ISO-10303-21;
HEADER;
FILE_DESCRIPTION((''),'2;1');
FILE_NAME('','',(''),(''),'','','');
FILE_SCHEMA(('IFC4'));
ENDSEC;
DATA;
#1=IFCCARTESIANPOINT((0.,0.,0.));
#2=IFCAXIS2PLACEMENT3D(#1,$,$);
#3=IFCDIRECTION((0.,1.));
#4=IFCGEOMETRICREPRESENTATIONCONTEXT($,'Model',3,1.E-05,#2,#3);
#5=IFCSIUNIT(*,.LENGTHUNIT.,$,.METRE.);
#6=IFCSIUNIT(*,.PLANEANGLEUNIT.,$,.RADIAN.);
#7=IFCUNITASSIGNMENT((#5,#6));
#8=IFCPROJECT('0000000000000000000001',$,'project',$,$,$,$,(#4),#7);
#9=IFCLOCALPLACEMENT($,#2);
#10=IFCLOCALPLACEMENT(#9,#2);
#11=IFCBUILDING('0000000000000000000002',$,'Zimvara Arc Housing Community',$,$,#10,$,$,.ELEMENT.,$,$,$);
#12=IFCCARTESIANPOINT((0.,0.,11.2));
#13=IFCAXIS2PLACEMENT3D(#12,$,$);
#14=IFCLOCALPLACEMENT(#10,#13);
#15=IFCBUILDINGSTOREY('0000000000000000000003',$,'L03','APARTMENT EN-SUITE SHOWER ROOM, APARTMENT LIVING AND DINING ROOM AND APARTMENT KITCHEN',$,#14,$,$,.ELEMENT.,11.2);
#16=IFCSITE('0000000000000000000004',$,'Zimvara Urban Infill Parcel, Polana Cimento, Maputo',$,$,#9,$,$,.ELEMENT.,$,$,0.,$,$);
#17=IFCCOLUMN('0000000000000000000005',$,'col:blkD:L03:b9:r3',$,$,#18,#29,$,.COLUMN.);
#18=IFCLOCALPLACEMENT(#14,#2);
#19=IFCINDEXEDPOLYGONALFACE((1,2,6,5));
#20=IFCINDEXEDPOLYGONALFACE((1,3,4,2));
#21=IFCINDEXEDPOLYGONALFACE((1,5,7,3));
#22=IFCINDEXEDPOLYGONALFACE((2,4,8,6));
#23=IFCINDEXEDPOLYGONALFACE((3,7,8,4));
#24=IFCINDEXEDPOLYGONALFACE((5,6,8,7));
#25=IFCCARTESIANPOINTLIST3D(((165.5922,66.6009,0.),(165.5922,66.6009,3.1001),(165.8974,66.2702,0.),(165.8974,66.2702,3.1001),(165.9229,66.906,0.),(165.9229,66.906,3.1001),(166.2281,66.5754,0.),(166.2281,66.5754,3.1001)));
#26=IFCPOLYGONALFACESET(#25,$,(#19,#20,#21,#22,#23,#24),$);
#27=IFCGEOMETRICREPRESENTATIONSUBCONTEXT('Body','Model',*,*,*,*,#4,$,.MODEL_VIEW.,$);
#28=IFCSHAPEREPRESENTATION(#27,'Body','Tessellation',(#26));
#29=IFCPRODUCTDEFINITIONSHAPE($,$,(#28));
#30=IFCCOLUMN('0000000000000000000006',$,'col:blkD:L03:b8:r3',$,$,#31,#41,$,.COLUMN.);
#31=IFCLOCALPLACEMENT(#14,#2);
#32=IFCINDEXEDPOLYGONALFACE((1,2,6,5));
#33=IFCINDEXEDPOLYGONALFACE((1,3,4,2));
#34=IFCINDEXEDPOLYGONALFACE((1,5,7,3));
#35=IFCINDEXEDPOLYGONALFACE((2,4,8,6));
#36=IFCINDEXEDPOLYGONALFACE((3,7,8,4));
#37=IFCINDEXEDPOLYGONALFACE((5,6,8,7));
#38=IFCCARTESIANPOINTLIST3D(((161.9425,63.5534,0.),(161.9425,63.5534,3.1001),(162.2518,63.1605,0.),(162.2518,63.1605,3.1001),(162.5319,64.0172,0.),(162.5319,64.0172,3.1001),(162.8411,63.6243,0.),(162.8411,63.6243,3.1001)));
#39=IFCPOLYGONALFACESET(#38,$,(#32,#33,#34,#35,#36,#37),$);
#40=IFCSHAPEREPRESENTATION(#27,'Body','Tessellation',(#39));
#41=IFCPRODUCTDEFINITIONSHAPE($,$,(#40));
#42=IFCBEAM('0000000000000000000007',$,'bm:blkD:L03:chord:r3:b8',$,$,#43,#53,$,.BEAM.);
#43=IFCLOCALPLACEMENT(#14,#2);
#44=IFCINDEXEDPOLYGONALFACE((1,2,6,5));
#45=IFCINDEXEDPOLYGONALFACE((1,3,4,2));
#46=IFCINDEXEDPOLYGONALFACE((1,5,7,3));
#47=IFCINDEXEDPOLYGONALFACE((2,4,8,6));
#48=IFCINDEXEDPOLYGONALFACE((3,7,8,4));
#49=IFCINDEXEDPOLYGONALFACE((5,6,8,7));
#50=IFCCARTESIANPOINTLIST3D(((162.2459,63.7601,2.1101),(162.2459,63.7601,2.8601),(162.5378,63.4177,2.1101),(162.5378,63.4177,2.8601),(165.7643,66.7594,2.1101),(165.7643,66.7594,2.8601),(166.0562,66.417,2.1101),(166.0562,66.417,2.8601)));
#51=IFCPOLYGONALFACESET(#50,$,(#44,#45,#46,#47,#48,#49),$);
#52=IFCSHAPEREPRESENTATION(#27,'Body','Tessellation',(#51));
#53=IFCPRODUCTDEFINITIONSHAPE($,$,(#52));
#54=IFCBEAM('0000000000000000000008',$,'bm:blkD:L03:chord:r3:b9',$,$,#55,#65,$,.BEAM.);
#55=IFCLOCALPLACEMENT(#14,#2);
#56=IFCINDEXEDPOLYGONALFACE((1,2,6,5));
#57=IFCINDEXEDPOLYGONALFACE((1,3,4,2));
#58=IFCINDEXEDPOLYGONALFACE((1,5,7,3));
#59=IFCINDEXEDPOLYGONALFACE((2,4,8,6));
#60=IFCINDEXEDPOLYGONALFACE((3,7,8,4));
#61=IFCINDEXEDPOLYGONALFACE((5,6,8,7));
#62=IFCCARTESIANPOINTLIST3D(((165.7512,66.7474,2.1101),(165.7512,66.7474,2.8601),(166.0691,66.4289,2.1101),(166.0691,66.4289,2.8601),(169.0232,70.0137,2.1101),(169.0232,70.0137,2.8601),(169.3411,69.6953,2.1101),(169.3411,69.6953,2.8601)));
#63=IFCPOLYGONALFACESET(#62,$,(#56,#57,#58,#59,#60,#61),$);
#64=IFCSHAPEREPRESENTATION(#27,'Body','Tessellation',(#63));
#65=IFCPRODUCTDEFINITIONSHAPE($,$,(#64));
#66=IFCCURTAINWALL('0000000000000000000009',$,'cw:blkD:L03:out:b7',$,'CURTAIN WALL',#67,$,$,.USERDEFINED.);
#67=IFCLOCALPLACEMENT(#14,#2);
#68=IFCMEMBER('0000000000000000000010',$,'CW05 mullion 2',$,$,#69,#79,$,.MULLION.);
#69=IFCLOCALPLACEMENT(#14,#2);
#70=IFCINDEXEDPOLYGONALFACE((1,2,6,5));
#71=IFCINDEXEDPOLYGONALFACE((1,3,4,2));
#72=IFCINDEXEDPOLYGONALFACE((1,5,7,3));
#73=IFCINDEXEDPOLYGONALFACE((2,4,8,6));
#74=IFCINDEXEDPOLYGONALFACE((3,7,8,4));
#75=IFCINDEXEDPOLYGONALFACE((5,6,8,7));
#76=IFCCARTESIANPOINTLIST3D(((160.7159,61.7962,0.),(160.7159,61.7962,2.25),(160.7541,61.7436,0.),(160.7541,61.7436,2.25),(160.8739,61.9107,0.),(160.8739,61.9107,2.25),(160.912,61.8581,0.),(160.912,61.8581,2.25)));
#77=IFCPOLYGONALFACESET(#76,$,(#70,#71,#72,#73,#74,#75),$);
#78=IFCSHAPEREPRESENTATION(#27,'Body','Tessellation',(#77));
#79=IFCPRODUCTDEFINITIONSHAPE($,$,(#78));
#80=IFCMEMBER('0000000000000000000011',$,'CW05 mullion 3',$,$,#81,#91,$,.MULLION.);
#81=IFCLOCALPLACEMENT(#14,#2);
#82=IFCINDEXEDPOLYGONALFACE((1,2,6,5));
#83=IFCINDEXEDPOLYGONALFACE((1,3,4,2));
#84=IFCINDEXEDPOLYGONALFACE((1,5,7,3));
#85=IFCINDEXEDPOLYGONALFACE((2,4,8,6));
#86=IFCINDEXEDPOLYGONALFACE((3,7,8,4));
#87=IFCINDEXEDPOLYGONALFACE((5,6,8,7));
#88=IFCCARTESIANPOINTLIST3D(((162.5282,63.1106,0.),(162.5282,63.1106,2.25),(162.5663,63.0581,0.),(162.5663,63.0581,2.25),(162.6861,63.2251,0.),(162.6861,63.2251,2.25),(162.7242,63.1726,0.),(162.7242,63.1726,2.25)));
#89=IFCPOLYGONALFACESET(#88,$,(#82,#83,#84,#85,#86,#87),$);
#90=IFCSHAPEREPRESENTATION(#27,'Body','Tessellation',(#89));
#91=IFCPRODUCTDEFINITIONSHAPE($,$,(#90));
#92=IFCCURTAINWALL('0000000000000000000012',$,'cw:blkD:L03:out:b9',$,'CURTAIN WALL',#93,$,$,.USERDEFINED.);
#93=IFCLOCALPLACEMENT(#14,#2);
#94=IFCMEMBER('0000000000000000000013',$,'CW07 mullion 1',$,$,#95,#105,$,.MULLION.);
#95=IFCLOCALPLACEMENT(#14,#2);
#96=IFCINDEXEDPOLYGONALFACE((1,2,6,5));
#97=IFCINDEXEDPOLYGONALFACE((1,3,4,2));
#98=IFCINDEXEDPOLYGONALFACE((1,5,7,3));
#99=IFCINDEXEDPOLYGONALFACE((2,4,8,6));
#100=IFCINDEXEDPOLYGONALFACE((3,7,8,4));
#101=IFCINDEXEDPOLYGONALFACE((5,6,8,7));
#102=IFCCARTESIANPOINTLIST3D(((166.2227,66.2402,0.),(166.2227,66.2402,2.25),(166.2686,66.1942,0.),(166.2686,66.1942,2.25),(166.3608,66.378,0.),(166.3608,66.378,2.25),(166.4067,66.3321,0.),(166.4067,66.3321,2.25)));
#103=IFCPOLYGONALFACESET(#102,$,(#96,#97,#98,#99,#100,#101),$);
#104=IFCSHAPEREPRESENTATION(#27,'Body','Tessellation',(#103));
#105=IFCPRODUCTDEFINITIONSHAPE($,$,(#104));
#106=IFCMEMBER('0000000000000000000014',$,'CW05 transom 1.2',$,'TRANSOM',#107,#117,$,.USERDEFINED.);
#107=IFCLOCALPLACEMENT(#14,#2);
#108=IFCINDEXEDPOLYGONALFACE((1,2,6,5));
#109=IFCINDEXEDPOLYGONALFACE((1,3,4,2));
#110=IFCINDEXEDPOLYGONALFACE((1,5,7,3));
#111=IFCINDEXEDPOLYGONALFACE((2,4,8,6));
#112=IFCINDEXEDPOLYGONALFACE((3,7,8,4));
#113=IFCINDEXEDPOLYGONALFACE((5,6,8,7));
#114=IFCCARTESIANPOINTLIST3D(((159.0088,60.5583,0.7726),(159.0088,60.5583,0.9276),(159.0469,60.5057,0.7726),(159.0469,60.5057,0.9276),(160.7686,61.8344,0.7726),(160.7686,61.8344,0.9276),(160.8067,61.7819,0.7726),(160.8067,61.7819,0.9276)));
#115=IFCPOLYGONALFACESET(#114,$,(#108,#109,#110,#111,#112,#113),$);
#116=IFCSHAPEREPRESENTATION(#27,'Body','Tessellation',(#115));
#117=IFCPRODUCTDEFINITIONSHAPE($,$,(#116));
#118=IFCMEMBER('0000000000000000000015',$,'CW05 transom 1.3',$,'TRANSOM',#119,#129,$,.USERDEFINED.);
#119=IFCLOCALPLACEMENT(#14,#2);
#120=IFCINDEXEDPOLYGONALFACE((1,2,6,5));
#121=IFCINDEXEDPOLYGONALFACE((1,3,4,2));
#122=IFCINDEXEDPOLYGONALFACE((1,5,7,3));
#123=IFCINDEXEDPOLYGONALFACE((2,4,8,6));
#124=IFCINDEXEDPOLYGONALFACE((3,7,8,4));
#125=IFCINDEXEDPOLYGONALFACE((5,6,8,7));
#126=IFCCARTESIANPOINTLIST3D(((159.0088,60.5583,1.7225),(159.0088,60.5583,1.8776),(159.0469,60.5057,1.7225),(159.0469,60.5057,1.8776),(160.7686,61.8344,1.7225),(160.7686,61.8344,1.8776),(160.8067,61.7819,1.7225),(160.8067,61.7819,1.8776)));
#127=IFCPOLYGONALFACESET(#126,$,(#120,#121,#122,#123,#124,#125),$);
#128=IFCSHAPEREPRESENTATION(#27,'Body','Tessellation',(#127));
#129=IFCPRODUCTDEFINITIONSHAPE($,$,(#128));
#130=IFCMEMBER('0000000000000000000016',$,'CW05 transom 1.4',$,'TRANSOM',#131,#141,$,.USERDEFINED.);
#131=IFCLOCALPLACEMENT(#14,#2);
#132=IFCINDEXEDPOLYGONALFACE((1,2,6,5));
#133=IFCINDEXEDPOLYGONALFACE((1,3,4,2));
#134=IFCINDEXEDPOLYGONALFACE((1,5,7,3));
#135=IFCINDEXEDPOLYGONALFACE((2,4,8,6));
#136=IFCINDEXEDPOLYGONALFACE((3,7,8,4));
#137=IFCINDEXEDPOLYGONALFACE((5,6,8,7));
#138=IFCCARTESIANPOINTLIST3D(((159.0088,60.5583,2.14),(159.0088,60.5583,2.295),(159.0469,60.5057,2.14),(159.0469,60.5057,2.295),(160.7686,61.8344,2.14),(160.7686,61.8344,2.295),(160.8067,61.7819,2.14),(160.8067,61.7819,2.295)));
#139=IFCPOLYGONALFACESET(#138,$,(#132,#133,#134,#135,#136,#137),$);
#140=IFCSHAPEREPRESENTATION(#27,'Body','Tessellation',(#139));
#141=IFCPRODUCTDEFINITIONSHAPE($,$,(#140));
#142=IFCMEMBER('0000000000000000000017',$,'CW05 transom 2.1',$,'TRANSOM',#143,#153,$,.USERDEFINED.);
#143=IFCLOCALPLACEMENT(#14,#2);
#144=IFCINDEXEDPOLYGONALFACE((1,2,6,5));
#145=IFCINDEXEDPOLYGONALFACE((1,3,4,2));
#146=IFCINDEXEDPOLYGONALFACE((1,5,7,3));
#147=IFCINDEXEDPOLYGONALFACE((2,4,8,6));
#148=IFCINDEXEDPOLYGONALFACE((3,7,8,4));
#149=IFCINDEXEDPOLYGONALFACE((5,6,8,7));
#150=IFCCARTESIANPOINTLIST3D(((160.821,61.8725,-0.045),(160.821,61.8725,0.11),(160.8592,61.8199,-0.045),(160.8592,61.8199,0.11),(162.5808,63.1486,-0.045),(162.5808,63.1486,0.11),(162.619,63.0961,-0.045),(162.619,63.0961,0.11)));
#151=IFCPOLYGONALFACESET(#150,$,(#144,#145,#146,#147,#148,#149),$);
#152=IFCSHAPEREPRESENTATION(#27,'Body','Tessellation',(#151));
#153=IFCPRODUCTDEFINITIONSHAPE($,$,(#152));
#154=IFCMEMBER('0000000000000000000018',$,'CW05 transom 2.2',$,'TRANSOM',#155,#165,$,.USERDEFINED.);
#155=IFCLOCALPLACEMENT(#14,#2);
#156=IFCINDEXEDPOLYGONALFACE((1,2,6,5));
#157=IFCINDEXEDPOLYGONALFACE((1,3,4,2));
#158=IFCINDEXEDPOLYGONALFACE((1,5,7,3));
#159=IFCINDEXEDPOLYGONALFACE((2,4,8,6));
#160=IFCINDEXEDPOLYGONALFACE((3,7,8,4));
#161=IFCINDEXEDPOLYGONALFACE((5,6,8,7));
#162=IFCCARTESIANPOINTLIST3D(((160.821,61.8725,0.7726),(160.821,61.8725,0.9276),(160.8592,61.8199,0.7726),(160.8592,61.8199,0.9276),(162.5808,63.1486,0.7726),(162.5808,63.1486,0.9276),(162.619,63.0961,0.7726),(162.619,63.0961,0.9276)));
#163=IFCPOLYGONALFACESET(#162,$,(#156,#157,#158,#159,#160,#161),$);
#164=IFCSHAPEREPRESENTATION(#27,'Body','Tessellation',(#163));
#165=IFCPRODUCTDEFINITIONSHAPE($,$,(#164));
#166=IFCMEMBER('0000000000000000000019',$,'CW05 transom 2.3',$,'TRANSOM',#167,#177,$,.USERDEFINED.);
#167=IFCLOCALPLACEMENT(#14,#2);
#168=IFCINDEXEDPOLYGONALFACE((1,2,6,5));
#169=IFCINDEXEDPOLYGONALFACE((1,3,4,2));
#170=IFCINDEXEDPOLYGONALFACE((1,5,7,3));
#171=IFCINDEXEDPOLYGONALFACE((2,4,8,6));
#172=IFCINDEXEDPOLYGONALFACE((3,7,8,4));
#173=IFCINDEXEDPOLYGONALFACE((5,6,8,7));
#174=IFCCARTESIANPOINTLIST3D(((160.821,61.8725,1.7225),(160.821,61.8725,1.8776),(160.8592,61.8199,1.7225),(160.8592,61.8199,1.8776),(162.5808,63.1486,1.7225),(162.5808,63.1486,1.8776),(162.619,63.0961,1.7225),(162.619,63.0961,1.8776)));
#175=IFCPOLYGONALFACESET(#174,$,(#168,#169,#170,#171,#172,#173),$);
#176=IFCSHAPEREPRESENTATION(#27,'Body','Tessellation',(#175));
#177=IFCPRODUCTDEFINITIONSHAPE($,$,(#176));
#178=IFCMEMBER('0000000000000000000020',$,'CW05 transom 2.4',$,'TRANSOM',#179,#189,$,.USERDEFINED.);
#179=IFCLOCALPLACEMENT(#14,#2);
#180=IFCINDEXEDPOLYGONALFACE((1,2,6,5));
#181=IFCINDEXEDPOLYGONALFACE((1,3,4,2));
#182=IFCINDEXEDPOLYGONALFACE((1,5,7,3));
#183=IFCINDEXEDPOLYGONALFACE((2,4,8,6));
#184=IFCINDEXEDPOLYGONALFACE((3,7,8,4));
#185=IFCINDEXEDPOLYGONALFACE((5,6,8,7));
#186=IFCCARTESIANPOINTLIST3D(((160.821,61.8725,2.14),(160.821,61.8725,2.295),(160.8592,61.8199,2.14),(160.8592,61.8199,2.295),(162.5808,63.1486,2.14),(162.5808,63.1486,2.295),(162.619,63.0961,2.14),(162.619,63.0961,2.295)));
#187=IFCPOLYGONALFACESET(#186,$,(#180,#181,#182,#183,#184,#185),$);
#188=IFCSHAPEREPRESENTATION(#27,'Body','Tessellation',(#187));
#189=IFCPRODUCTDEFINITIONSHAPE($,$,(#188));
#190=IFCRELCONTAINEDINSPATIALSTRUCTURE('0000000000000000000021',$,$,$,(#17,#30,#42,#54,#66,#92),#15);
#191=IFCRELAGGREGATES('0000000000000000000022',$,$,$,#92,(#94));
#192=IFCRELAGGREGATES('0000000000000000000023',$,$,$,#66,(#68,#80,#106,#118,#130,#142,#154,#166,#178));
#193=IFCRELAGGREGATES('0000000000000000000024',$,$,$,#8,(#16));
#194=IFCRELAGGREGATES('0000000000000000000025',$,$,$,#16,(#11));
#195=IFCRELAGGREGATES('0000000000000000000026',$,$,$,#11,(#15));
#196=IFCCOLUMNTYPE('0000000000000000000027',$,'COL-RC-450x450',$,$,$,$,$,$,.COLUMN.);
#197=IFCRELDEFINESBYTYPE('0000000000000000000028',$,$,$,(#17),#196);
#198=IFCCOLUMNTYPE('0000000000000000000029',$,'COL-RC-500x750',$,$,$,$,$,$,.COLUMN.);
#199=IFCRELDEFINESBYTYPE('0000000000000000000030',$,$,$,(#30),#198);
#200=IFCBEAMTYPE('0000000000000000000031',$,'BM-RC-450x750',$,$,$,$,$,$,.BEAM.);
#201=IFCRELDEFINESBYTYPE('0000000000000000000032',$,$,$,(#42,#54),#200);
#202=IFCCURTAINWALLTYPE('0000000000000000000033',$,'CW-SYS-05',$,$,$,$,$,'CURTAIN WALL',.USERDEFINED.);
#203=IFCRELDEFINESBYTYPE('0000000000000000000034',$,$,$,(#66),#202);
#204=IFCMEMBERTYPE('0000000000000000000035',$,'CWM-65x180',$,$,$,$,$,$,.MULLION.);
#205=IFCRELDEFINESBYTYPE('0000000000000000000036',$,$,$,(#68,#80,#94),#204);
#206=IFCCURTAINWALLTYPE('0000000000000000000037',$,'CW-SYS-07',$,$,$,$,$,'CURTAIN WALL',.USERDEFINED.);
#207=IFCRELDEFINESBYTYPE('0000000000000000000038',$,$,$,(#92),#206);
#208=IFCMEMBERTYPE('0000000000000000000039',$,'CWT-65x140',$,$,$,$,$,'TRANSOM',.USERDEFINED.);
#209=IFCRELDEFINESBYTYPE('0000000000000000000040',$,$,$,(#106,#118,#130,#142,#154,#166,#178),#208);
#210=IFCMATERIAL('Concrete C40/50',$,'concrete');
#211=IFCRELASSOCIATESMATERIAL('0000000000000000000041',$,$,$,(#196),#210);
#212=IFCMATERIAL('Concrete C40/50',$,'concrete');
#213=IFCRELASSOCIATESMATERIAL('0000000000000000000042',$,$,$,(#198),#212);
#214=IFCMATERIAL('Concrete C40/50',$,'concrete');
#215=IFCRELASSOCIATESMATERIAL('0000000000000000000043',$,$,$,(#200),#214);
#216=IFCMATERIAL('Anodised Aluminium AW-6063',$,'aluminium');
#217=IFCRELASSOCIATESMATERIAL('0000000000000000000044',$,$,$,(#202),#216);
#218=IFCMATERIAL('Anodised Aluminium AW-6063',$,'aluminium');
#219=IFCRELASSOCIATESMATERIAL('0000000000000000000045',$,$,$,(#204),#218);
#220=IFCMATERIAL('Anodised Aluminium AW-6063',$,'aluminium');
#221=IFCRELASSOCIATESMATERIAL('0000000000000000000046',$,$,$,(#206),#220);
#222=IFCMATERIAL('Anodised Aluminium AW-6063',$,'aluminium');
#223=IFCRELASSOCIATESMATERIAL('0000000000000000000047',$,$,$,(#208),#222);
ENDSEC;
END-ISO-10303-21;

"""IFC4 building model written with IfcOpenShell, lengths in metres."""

from ifc_helpers import new_model, si_unit, direction, frame, origin, origin_2d, place, context, subcontext, project, spatial, rectangle, extrude, material, material_profile, profile_set, type_object, element, aggregate, save


model = new_model("IFC4")

# Units and contexts
model_context = context("Model", 3, precision=1e-05, world=origin(), true_north=direction((0.0, 1.0)))
body_context = subcontext(model_context, "Body", "Model", "MODEL_VIEW")
ifc_project = project(units=[si_unit("LENGTHUNIT", "METRE"), si_unit("PLANEANGLEUNIT", "RADIAN")], contexts=[model_context])

# Site, building, storey
site_placement = place(None, origin())
site = spatial("IfcSite", under=ifc_project, at=site_placement, Name="Zimvara Urban Infill Parcel, Polana Cimento, Maputo", CompositionType="ELEMENT", RefElevation=0.0)
building_placement = place(site_placement, origin())
building = spatial("IfcBuilding", under=site, at=building_placement, Name="Zimvara Arc Housing Community", CompositionType="ELEMENT")
storey_placement = place(building_placement, frame((0.0, 0.0, 11.2)))
storey = spatial("IfcBuildingStorey", under=building, at=storey_placement, Name="L03", Description="APARTMENT EN-SUITE SHOWER ROOM, APARTMENT LIVING AND DINING ROOM AND APARTMENT KITCHEN", CompositionType="ELEMENT", Elevation=11.2)

# Columns
ifc_material_1 = material(Name="Concrete C40/50", Category="concrete")
ifc_material_profile_1 = material_profile(ifc_material_1, rectangle(XDim=0.45, YDim=0.45, at=origin_2d()), Name="RC 450x450")
ifc_profile_set_1 = profile_set([ifc_material_profile_1], Name="Concrete C40/50")
column_type_1 = type_object("IfcColumnType", Name="COL-RC-450x450", PredefinedType="COLUMN", material=ifc_profile_set_1)
column_1_placement = place(storey_placement, frame((165.9102, 66.5881, 0.0), z_axis=(0.0, 0.0, 1.0), x_axis=(0.67816, -0.734915, 0.0)))
element("IfcColumn", 1, at=column_1_placement, inside=storey, type_object=column_type_1, Name="col:blkD:L03:b9:r3", PredefinedType="COLUMN", context=body_context, shape_type="SweptSolid", body=[
    extrude(rectangle(XDim=0.45, YDim=0.45, at=origin_2d()), origin(), (0.0, 0.0, 1.0), 3.1001),
])
ifc_material_2 = material(Name="Concrete C40/50", Category="concrete")
ifc_material_profile_2 = material_profile(ifc_material_2, rectangle(XDim=0.5, YDim=0.75, at=origin_2d()), Name="RC 500x750")
ifc_profile_set_2 = profile_set([ifc_material_profile_2], Name="Concrete C40/50")
column_type_2 = type_object("IfcColumnType", Name="COL-RC-500x750", PredefinedType="COLUMN", material=ifc_profile_set_2)
column_2_placement = place(storey_placement, frame((162.3918, 63.5889, 0.0), z_axis=(0.0, 0.0, 1.0), x_axis=(0.618408, -0.785857, 0.0)))
element("IfcColumn", 2, at=column_2_placement, inside=storey, type_object=column_type_2, Name="col:blkD:L03:b8:r3", PredefinedType="COLUMN", context=body_context, shape_type="SweptSolid", body=[
    extrude(rectangle(XDim=0.5, YDim=0.75, at=origin_2d()), origin(), (0.0, 0.0, 1.0), 3.1001),
])

# Beams
ifc_material_3 = material(Name="Concrete C40/50", Category="concrete")
ifc_material_profile_3 = material_profile(ifc_material_3, rectangle(XDim=0.45, YDim=0.75, at=origin_2d()), Name="RC 450x750")
ifc_profile_set_3 = profile_set([ifc_material_profile_3], Name="Concrete C40/50")
beam_type = type_object("IfcBeamType", Name="BM-RC-450x750", PredefinedType="BEAM", material=ifc_profile_set_3)
for number, where, z_axis, x_axis, name in (
    (3, (162.3918, 63.5889, 2.4851), (0.76101, 0.648741, 0.0), (-0.648741, 0.76101, 0.0), "bm:blkD:L03:chord:r3:b8"),
    (4, (165.9102, 66.5881, 2.4851), (0.707714, 0.706499, 0.0), (-0.706499, 0.707714, 0.0), "bm:blkD:L03:chord:r3:b9"),
):
    element("IfcBeam", number, at=place(storey_placement, frame(where, z_axis=z_axis, x_axis=x_axis)), inside=storey, type_object=beam_type, Name=name, PredefinedType="BEAM", context=body_context, shape_type="SweptSolid", body=[
        extrude(rectangle(XDim=0.45, YDim=0.75, at=origin_2d()), origin(), (0.0, 0.0, 1.0), 4.6233),
    ])

# Curtain wall, members
ifc_material_4 = material(Name="Anodised Aluminium AW-6063", Category="aluminium")
curtain_wall_type_1 = type_object("IfcCurtainWallType", Name="CW-SYS-05", ElementType="CURTAIN WALL", PredefinedType="USERDEFINED", material=ifc_material_4)
curtain_wall_1_placement = place(storey_placement, origin())
curtain_wall_1 = element("IfcCurtainWall", 5, at=curtain_wall_1_placement, inside=storey, type_object=curtain_wall_type_1, Name="cw:blkD:L03:out:b7", ObjectType="CURTAIN WALL", PredefinedType="USERDEFINED")
ifc_material_5 = material(Name="Anodised Aluminium AW-6063", Category="aluminium")
ifc_material_profile_4 = material_profile(ifc_material_5, rectangle(XDim=0.0649, YDim=0.1951, at=origin_2d()), Name="ALU 65x195")
ifc_profile_set_4 = profile_set([ifc_material_profile_4], Name="Anodised Aluminium AW-6063")
member_type_1 = type_object("IfcMemberType", Name="CWM-65x180", PredefinedType="MULLION", material=ifc_profile_set_4)
member_1_placement = place(storey_placement, frame((160.814, 61.8271, 0.0), z_axis=(0.0, 0.0, 1.0), x_axis=(-0.587078, 0.80953, 0.0)))
member_1 = element("IfcMember", 6, at=member_1_placement, type_object=member_type_1, Name="CW05 mullion 2", PredefinedType="MULLION", context=body_context, shape_type="SweptSolid", body=[
    extrude(rectangle(XDim=0.0649, YDim=0.1951, at=origin_2d()), origin(), (0.0, 0.0, 1.0), 2.25),
])
member_2_placement = place(storey_placement, frame((162.6262, 63.1416, 0.0), z_axis=(0.0, 0.0, 1.0), x_axis=(-0.587078, 0.80953, 0.0)))
member_2 = element("IfcMember", 7, at=member_2_placement, type_object=member_type_1, Name="CW05 mullion 3", PredefinedType="MULLION", context=body_context, shape_type="SweptSolid", body=[
    extrude(rectangle(XDim=0.0649, YDim=0.1951, at=origin_2d()), origin(), (0.0, 0.0, 1.0), 2.25),
])

# Curtain wall, member
ifc_material_6 = material(Name="Anodised Aluminium AW-6063", Category="aluminium")
curtain_wall_type_2 = type_object("IfcCurtainWallType", Name="CW-SYS-07", ElementType="CURTAIN WALL", PredefinedType="USERDEFINED", material=ifc_material_6)
curtain_wall_2_placement = place(storey_placement, origin())
curtain_wall_2 = element("IfcCurtainWall", 8, at=curtain_wall_2_placement, inside=storey, type_object=curtain_wall_type_2, Name="cw:blkD:L03:out:b9", ObjectType="CURTAIN WALL", PredefinedType="USERDEFINED")
member_3_placement = place(storey_placement, frame((166.3147, 66.2861, 0.0), z_axis=(0.0, 0.0, 1.0), x_axis=(-0.706489, 0.707724, 0.0)))
member_3 = element("IfcMember", 9, at=member_3_placement, type_object=member_type_1, Name="CW07 mullion 1", PredefinedType="MULLION", context=body_context, shape_type="SweptSolid", body=[
    extrude(rectangle(XDim=0.0649, YDim=0.1951, at=origin_2d()), origin(), (0.0, 0.0, 1.0), 2.25),
])

# Members
ifc_material_7 = material(Name="Anodised Aluminium AW-6063", Category="aluminium")
ifc_material_profile_5 = material_profile(ifc_material_7, rectangle(XDim=0.0649, YDim=0.155, at=origin_2d()), Name="ALU 65x155")
ifc_profile_set_5 = profile_set([ifc_material_profile_5], Name="Anodised Aluminium AW-6063")
member_type_2 = type_object("IfcMemberType", Name="CWT-65x140", ElementType="TRANSOM", PredefinedType="USERDEFINED", material=ifc_profile_set_5)
member_4_placement = place(storey_placement, frame((159.0278, 60.532, 0.8501), z_axis=(0.809546, 0.587056, 0.0), x_axis=(-0.587056, 0.809546, 0.0)))
member_4 = element("IfcMember", 10, at=member_4_placement, type_object=member_type_2, Name="CW05 transom 1.2", ObjectType="TRANSOM", PredefinedType="USERDEFINED", context=body_context, shape_type="SweptSolid", body=[
    extrude(rectangle(XDim=0.0649, YDim=0.155, at=origin_2d()), origin(), (0.0, 0.0, 1.0), 2.1738),
])
member_5_placement = place(storey_placement, frame((159.0278, 60.532, 1.8), z_axis=(0.809546, 0.587056, 0.0), x_axis=(-0.587056, 0.809546, 0.0)))
member_5 = element("IfcMember", 11, at=member_5_placement, type_object=member_type_2, Name="CW05 transom 1.3", ObjectType="TRANSOM", PredefinedType="USERDEFINED", context=body_context, shape_type="SweptSolid", body=[
    extrude(rectangle(XDim=0.0649, YDim=0.155, at=origin_2d()), origin(), (0.0, 0.0, 1.0), 2.1738),
])
member_6_placement = place(storey_placement, frame((159.0278, 60.532, 2.2175), z_axis=(0.809546, 0.587056, 0.0), x_axis=(-0.587056, 0.809546, 0.0)))
member_6 = element("IfcMember", 12, at=member_6_placement, type_object=member_type_2, Name="CW05 transom 1.4", ObjectType="TRANSOM", PredefinedType="USERDEFINED", context=body_context, shape_type="SweptSolid", body=[
    extrude(rectangle(XDim=0.0649, YDim=0.155, at=origin_2d()), origin(), (0.0, 0.0, 1.0), 2.1738),
])
member_7_placement = place(storey_placement, frame((160.8401, 61.8462, 0.0325), z_axis=(0.809546, 0.587056, 0.0), x_axis=(-0.587056, 0.809546, 0.0)))
member_7 = element("IfcMember", 13, at=member_7_placement, type_object=member_type_2, Name="CW05 transom 2.1", ObjectType="TRANSOM", PredefinedType="USERDEFINED", context=body_context, shape_type="SweptSolid", body=[
    extrude(rectangle(XDim=0.0649, YDim=0.155, at=origin_2d()), origin(), (0.0, 0.0, 1.0), 2.1738),
])
member_8_placement = place(storey_placement, frame((160.8401, 61.8462, 0.8501), z_axis=(0.809546, 0.587056, 0.0), x_axis=(-0.587056, 0.809546, 0.0)))
member_8 = element("IfcMember", 14, at=member_8_placement, type_object=member_type_2, Name="CW05 transom 2.2", ObjectType="TRANSOM", PredefinedType="USERDEFINED", context=body_context, shape_type="SweptSolid", body=[
    extrude(rectangle(XDim=0.0649, YDim=0.155, at=origin_2d()), origin(), (0.0, 0.0, 1.0), 2.1738),
])
member_9_placement = place(storey_placement, frame((160.8401, 61.8462, 1.8), z_axis=(0.809546, 0.587056, 0.0), x_axis=(-0.587056, 0.809546, 0.0)))
member_9 = element("IfcMember", 15, at=member_9_placement, type_object=member_type_2, Name="CW05 transom 2.3", ObjectType="TRANSOM", PredefinedType="USERDEFINED", context=body_context, shape_type="SweptSolid", body=[
    extrude(rectangle(XDim=0.0649, YDim=0.155, at=origin_2d()), origin(), (0.0, 0.0, 1.0), 2.1738),
])
member_10_placement = place(storey_placement, frame((160.8401, 61.8462, 2.2175), z_axis=(0.809546, 0.587056, 0.0), x_axis=(-0.587056, 0.809546, 0.0)))
member_10 = element("IfcMember", 16, at=member_10_placement, type_object=member_type_2, Name="CW05 transom 2.4", ObjectType="TRANSOM", PredefinedType="USERDEFINED", context=body_context, shape_type="SweptSolid", body=[
    extrude(rectangle(XDim=0.0649, YDim=0.155, at=origin_2d()), origin(), (0.0, 0.0, 1.0), 2.1738),
])
aggregate(curtain_wall_2, [member_3])

aggregate(curtain_wall_1, [member_1, member_2, member_4, member_5, member_6, member_7, member_8, member_9, member_10])

save(model, "model.ifc")
